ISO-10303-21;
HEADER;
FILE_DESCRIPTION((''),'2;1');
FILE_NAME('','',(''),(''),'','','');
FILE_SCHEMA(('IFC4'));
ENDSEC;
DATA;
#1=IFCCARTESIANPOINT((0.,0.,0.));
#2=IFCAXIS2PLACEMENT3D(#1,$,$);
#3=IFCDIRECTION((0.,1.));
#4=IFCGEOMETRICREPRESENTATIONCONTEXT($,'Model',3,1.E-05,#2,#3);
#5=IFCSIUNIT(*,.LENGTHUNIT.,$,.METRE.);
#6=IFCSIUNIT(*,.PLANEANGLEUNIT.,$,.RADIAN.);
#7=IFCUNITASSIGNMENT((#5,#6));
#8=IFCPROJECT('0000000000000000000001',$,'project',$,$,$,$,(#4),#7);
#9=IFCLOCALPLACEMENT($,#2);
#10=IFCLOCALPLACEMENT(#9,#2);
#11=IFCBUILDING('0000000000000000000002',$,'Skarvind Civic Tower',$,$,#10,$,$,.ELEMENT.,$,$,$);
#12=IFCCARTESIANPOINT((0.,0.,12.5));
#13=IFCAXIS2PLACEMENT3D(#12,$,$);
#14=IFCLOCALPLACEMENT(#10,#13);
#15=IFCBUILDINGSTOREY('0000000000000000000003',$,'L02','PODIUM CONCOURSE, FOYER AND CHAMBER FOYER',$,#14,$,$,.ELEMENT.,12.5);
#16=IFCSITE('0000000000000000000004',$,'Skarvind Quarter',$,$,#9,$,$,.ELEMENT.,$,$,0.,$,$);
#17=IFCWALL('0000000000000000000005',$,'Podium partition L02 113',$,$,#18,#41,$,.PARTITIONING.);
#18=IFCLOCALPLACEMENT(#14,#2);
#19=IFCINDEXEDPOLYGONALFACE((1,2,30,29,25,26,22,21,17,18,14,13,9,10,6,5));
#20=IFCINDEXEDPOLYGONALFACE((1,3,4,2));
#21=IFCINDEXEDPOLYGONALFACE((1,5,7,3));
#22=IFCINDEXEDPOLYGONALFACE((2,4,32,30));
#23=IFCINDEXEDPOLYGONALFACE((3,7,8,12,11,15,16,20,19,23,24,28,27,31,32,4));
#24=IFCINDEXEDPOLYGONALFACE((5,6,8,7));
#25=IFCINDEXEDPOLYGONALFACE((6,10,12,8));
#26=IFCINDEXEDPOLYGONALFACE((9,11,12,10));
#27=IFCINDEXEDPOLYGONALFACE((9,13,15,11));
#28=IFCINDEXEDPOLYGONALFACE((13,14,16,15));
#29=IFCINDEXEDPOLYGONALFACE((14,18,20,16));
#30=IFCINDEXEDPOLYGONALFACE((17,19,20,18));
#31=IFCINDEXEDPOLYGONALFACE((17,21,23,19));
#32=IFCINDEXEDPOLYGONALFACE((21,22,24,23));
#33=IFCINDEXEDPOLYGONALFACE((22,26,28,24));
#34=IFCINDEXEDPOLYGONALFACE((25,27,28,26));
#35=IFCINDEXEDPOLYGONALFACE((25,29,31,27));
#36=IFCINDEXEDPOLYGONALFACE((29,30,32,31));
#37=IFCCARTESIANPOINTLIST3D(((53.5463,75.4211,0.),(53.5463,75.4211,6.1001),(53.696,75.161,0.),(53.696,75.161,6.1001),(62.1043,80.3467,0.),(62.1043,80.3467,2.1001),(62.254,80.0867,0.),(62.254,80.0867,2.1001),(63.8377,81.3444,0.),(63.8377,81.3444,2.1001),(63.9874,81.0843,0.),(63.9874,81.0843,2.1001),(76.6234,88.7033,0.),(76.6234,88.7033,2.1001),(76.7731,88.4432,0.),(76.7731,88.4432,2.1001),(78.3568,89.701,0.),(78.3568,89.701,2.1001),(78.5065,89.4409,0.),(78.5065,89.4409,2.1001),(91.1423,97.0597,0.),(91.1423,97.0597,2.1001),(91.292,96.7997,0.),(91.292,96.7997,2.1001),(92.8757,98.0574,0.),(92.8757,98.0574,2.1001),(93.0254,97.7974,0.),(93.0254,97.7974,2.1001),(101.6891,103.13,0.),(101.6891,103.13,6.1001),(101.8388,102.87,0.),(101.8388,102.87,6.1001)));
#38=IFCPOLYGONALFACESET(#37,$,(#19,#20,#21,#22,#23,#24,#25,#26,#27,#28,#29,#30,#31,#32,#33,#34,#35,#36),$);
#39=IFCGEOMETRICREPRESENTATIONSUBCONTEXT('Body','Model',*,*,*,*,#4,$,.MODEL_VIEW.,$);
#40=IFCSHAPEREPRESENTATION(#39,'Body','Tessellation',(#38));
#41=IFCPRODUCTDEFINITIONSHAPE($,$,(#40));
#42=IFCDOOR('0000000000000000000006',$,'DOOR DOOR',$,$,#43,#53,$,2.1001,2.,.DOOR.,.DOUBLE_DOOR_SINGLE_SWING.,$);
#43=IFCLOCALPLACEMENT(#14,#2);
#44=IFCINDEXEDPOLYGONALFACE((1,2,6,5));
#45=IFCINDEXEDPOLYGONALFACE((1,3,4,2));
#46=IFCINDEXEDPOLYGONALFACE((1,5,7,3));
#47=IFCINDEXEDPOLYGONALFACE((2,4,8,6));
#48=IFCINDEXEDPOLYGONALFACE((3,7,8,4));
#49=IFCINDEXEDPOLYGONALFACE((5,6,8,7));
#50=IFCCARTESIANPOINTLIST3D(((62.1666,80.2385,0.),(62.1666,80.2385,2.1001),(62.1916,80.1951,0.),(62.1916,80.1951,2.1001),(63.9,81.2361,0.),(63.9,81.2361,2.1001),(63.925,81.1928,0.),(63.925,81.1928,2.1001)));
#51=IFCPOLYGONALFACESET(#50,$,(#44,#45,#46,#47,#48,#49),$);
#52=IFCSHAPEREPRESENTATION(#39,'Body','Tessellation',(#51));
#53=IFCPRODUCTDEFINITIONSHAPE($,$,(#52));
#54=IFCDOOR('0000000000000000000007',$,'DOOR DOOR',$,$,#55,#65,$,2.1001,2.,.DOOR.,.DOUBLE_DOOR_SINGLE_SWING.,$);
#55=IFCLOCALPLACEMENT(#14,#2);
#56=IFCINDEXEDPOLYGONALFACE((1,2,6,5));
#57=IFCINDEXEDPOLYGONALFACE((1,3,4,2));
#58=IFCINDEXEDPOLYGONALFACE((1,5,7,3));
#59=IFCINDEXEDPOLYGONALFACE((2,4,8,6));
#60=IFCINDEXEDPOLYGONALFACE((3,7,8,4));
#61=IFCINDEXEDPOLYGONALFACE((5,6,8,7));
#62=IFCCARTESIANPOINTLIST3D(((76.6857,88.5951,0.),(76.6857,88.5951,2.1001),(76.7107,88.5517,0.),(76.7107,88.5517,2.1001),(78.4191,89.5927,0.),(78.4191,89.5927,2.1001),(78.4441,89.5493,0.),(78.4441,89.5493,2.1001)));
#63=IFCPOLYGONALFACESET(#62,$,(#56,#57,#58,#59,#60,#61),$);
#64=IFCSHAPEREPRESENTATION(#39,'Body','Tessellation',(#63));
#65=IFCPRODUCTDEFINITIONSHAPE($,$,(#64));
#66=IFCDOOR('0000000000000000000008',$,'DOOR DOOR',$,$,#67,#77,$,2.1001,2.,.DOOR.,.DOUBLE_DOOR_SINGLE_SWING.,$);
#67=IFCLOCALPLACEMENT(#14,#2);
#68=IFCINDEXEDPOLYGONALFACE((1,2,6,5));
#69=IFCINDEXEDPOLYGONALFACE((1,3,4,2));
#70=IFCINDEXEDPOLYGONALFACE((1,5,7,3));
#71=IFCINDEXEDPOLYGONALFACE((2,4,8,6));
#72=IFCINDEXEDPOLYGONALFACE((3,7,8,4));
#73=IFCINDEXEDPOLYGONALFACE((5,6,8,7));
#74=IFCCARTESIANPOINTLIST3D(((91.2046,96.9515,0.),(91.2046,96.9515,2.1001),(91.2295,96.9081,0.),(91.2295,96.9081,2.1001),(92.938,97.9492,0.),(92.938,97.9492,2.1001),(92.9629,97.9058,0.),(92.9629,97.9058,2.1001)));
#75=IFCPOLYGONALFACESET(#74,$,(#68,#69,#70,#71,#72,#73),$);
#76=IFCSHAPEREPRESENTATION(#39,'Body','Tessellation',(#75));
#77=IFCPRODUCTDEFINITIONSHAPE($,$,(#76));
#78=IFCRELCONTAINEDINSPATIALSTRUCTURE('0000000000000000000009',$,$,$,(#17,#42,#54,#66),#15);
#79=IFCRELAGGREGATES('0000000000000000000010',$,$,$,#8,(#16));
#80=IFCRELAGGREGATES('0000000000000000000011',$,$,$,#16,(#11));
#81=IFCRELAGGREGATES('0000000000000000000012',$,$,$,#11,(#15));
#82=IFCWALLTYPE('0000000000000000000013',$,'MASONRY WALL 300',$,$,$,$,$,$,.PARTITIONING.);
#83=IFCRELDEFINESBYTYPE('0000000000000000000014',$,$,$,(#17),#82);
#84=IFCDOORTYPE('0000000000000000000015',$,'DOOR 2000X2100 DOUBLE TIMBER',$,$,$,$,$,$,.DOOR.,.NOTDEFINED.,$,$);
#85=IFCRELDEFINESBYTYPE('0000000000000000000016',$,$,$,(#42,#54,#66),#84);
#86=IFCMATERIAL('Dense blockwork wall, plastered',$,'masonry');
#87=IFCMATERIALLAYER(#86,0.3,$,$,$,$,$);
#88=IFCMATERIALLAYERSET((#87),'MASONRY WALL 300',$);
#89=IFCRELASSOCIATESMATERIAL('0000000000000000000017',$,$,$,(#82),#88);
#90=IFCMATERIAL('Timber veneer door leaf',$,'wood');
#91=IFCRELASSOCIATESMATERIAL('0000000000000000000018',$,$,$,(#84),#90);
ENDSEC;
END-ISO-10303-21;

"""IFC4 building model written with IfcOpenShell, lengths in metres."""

from ifc_helpers import new_model, si_unit, direction, frame, frame_2d, origin, place, context, subcontext, project, spatial, rectangle, extrude, material, layer, layer_set, type_object, element, fill, save


model = new_model("IFC4")

# Units and contexts
model_context = context("Model", 3, precision=1e-05, world=origin(), true_north=direction((0.0, 1.0)))
body_context = subcontext(model_context, "Body", "Model", "MODEL_VIEW")
ifc_project = project(units=[si_unit("LENGTHUNIT", "METRE"), si_unit("PLANEANGLEUNIT", "RADIAN")], contexts=[model_context])

# Site, building, storey
site_placement = place(None, origin())
site = spatial("IfcSite", under=ifc_project, at=site_placement, Name="Skarvind Quarter", CompositionType="ELEMENT", RefElevation=0.0)
building_placement = place(site_placement, origin())
building = spatial("IfcBuilding", under=site, at=building_placement, Name="Skarvind Civic Tower", CompositionType="ELEMENT")
storey_placement = place(building_placement, frame((0.0, 0.0, 12.5)))
storey = spatial("IfcBuildingStorey", under=building, at=storey_placement, Name="L02", Description="PODIUM CONCOURSE, FOYER AND CHAMBER FOYER", CompositionType="ELEMENT", Elevation=12.5)

# Wall, openings, doors
ifc_material_1 = material(Name="Dense blockwork wall, plastered", Category="masonry")
ifc_layer_1 = layer(ifc_material_1, 0.3)
ifc_layer_set_1 = layer_set([ifc_layer_1], Name="MASONRY WALL 300")
wall_type = type_object("IfcWallType", Name="MASONRY WALL 300", PredefinedType="PARTITIONING", material=ifc_layer_set_1)
wall_placement = place(storey_placement, frame((101.7639, 103.0, 0.0), z_axis=(0.0, 0.0, 1.0), x_axis=(-0.866697, -0.498835, 0.0)))
wall = element("IfcWall", 1, at=wall_placement, inside=storey, type_object=wall_type, Name="Podium partition L02 113", PredefinedType="PARTITIONING", context=body_context, shape_type="SweptSolid", body=[
    extrude(rectangle(XDim=55.5474, YDim=0.3, at=frame_2d((27.7737, 0.0))), origin(), (0.0, 0.0, 1.0), 6.1001),
])
opening_1_placement = place(wall_placement, frame((43.6731, 0.0, 0.0)))
opening_1 = element("IfcOpeningElement", 2, at=opening_1_placement, cuts=wall, PredefinedType="OPENING", context=body_context, shape_type="SweptSolid", body=[
    extrude(rectangle(XDim=2.0, YDim=2.1001, at=frame_2d((1.0, 1.05))), frame((0.0, 0.1599, 0.0), z_axis=(0.0, -1.0, 0.0), x_axis=(1.0, 0.0, 0.0)), (0.0, 0.0, 1.0), 0.3201),
])
opening_2_placement = place(wall_placement, frame((26.9209, 0.0, 0.0)))
opening_2 = element("IfcOpeningElement", 3, at=opening_2_placement, cuts=wall, PredefinedType="OPENING", context=body_context, shape_type="SweptSolid", body=[
    extrude(rectangle(XDim=2.0, YDim=2.1001, at=frame_2d((1.0, 1.05))), frame((0.0, 0.1599, 0.0), z_axis=(0.0, -1.0, 0.0), x_axis=(1.0, 0.0, 0.0)), (0.0, 0.0, 1.0), 0.3201),
])
opening_3_placement = place(wall_placement, frame((10.1689, 0.0, 0.0)))
opening_3 = element("IfcOpeningElement", 4, at=opening_3_placement, cuts=wall, PredefinedType="OPENING", context=body_context, shape_type="SweptSolid", body=[
    extrude(rectangle(XDim=2.0, YDim=2.1001, at=frame_2d((1.0, 1.05))), frame((0.0, 0.1599, 0.0), z_axis=(0.0, -1.0, 0.0), x_axis=(1.0, 0.0, 0.0)), (0.0, 0.0, 1.0), 0.3201),
])
ifc_material_2 = material(Name="Timber veneer door leaf", Category="wood")
door_type = type_object("IfcDoorType", Name="DOOR 2000X2100 DOUBLE TIMBER", OperationType="NOTDEFINED", PredefinedType="DOOR", material=ifc_material_2)
door_1_placement = place(opening_1_placement, origin())
door_1 = element("IfcDoor", 5, at=door_1_placement, inside=storey, type_object=door_type, Name="DOOR DOOR", OperationType="DOUBLE_DOOR_SINGLE_SWING", OverallHeight=2.1001, OverallWidth=2.0, PredefinedType="DOOR", context=body_context, shape_type="SweptSolid", body=[
    extrude(rectangle(XDim=2.0, YDim=2.1001, at=frame_2d((1.0, 1.05))), frame((0.0, 0.0249, 0.0), z_axis=(0.0, -1.0, 0.0), x_axis=(1.0, 0.0, 0.0)), (0.0, 0.0, 1.0), 0.05),
])
fill(opening_1, door_1)
door_2_placement = place(opening_2_placement, origin())
door_2 = element("IfcDoor", 6, at=door_2_placement, inside=storey, type_object=door_type, Name="DOOR DOOR", OperationType="DOUBLE_DOOR_SINGLE_SWING", OverallHeight=2.1001, OverallWidth=2.0, PredefinedType="DOOR", context=body_context, shape_type="SweptSolid", body=[
    extrude(rectangle(XDim=2.0, YDim=2.1001, at=frame_2d((1.0, 1.05))), frame((0.0, 0.0249, 0.0), z_axis=(0.0, -1.0, 0.0), x_axis=(1.0, 0.0, 0.0)), (0.0, 0.0, 1.0), 0.05),
])
fill(opening_2, door_2)
door_3_placement = place(opening_3_placement, origin())
door_3 = element("IfcDoor", 7, at=door_3_placement, inside=storey, type_object=door_type, Name="DOOR DOOR", OperationType="DOUBLE_DOOR_SINGLE_SWING", OverallHeight=2.1001, OverallWidth=2.0, PredefinedType="DOOR", context=body_context, shape_type="SweptSolid", body=[
    extrude(rectangle(XDim=2.0, YDim=2.1001, at=frame_2d((1.0, 1.05))), frame((0.0, 0.0249, 0.0), z_axis=(0.0, -1.0, 0.0), x_axis=(1.0, 0.0, 0.0)), (0.0, 0.0, 1.0), 0.05),
])
fill(opening_3, door_3)

save(model, "model.ifc")
